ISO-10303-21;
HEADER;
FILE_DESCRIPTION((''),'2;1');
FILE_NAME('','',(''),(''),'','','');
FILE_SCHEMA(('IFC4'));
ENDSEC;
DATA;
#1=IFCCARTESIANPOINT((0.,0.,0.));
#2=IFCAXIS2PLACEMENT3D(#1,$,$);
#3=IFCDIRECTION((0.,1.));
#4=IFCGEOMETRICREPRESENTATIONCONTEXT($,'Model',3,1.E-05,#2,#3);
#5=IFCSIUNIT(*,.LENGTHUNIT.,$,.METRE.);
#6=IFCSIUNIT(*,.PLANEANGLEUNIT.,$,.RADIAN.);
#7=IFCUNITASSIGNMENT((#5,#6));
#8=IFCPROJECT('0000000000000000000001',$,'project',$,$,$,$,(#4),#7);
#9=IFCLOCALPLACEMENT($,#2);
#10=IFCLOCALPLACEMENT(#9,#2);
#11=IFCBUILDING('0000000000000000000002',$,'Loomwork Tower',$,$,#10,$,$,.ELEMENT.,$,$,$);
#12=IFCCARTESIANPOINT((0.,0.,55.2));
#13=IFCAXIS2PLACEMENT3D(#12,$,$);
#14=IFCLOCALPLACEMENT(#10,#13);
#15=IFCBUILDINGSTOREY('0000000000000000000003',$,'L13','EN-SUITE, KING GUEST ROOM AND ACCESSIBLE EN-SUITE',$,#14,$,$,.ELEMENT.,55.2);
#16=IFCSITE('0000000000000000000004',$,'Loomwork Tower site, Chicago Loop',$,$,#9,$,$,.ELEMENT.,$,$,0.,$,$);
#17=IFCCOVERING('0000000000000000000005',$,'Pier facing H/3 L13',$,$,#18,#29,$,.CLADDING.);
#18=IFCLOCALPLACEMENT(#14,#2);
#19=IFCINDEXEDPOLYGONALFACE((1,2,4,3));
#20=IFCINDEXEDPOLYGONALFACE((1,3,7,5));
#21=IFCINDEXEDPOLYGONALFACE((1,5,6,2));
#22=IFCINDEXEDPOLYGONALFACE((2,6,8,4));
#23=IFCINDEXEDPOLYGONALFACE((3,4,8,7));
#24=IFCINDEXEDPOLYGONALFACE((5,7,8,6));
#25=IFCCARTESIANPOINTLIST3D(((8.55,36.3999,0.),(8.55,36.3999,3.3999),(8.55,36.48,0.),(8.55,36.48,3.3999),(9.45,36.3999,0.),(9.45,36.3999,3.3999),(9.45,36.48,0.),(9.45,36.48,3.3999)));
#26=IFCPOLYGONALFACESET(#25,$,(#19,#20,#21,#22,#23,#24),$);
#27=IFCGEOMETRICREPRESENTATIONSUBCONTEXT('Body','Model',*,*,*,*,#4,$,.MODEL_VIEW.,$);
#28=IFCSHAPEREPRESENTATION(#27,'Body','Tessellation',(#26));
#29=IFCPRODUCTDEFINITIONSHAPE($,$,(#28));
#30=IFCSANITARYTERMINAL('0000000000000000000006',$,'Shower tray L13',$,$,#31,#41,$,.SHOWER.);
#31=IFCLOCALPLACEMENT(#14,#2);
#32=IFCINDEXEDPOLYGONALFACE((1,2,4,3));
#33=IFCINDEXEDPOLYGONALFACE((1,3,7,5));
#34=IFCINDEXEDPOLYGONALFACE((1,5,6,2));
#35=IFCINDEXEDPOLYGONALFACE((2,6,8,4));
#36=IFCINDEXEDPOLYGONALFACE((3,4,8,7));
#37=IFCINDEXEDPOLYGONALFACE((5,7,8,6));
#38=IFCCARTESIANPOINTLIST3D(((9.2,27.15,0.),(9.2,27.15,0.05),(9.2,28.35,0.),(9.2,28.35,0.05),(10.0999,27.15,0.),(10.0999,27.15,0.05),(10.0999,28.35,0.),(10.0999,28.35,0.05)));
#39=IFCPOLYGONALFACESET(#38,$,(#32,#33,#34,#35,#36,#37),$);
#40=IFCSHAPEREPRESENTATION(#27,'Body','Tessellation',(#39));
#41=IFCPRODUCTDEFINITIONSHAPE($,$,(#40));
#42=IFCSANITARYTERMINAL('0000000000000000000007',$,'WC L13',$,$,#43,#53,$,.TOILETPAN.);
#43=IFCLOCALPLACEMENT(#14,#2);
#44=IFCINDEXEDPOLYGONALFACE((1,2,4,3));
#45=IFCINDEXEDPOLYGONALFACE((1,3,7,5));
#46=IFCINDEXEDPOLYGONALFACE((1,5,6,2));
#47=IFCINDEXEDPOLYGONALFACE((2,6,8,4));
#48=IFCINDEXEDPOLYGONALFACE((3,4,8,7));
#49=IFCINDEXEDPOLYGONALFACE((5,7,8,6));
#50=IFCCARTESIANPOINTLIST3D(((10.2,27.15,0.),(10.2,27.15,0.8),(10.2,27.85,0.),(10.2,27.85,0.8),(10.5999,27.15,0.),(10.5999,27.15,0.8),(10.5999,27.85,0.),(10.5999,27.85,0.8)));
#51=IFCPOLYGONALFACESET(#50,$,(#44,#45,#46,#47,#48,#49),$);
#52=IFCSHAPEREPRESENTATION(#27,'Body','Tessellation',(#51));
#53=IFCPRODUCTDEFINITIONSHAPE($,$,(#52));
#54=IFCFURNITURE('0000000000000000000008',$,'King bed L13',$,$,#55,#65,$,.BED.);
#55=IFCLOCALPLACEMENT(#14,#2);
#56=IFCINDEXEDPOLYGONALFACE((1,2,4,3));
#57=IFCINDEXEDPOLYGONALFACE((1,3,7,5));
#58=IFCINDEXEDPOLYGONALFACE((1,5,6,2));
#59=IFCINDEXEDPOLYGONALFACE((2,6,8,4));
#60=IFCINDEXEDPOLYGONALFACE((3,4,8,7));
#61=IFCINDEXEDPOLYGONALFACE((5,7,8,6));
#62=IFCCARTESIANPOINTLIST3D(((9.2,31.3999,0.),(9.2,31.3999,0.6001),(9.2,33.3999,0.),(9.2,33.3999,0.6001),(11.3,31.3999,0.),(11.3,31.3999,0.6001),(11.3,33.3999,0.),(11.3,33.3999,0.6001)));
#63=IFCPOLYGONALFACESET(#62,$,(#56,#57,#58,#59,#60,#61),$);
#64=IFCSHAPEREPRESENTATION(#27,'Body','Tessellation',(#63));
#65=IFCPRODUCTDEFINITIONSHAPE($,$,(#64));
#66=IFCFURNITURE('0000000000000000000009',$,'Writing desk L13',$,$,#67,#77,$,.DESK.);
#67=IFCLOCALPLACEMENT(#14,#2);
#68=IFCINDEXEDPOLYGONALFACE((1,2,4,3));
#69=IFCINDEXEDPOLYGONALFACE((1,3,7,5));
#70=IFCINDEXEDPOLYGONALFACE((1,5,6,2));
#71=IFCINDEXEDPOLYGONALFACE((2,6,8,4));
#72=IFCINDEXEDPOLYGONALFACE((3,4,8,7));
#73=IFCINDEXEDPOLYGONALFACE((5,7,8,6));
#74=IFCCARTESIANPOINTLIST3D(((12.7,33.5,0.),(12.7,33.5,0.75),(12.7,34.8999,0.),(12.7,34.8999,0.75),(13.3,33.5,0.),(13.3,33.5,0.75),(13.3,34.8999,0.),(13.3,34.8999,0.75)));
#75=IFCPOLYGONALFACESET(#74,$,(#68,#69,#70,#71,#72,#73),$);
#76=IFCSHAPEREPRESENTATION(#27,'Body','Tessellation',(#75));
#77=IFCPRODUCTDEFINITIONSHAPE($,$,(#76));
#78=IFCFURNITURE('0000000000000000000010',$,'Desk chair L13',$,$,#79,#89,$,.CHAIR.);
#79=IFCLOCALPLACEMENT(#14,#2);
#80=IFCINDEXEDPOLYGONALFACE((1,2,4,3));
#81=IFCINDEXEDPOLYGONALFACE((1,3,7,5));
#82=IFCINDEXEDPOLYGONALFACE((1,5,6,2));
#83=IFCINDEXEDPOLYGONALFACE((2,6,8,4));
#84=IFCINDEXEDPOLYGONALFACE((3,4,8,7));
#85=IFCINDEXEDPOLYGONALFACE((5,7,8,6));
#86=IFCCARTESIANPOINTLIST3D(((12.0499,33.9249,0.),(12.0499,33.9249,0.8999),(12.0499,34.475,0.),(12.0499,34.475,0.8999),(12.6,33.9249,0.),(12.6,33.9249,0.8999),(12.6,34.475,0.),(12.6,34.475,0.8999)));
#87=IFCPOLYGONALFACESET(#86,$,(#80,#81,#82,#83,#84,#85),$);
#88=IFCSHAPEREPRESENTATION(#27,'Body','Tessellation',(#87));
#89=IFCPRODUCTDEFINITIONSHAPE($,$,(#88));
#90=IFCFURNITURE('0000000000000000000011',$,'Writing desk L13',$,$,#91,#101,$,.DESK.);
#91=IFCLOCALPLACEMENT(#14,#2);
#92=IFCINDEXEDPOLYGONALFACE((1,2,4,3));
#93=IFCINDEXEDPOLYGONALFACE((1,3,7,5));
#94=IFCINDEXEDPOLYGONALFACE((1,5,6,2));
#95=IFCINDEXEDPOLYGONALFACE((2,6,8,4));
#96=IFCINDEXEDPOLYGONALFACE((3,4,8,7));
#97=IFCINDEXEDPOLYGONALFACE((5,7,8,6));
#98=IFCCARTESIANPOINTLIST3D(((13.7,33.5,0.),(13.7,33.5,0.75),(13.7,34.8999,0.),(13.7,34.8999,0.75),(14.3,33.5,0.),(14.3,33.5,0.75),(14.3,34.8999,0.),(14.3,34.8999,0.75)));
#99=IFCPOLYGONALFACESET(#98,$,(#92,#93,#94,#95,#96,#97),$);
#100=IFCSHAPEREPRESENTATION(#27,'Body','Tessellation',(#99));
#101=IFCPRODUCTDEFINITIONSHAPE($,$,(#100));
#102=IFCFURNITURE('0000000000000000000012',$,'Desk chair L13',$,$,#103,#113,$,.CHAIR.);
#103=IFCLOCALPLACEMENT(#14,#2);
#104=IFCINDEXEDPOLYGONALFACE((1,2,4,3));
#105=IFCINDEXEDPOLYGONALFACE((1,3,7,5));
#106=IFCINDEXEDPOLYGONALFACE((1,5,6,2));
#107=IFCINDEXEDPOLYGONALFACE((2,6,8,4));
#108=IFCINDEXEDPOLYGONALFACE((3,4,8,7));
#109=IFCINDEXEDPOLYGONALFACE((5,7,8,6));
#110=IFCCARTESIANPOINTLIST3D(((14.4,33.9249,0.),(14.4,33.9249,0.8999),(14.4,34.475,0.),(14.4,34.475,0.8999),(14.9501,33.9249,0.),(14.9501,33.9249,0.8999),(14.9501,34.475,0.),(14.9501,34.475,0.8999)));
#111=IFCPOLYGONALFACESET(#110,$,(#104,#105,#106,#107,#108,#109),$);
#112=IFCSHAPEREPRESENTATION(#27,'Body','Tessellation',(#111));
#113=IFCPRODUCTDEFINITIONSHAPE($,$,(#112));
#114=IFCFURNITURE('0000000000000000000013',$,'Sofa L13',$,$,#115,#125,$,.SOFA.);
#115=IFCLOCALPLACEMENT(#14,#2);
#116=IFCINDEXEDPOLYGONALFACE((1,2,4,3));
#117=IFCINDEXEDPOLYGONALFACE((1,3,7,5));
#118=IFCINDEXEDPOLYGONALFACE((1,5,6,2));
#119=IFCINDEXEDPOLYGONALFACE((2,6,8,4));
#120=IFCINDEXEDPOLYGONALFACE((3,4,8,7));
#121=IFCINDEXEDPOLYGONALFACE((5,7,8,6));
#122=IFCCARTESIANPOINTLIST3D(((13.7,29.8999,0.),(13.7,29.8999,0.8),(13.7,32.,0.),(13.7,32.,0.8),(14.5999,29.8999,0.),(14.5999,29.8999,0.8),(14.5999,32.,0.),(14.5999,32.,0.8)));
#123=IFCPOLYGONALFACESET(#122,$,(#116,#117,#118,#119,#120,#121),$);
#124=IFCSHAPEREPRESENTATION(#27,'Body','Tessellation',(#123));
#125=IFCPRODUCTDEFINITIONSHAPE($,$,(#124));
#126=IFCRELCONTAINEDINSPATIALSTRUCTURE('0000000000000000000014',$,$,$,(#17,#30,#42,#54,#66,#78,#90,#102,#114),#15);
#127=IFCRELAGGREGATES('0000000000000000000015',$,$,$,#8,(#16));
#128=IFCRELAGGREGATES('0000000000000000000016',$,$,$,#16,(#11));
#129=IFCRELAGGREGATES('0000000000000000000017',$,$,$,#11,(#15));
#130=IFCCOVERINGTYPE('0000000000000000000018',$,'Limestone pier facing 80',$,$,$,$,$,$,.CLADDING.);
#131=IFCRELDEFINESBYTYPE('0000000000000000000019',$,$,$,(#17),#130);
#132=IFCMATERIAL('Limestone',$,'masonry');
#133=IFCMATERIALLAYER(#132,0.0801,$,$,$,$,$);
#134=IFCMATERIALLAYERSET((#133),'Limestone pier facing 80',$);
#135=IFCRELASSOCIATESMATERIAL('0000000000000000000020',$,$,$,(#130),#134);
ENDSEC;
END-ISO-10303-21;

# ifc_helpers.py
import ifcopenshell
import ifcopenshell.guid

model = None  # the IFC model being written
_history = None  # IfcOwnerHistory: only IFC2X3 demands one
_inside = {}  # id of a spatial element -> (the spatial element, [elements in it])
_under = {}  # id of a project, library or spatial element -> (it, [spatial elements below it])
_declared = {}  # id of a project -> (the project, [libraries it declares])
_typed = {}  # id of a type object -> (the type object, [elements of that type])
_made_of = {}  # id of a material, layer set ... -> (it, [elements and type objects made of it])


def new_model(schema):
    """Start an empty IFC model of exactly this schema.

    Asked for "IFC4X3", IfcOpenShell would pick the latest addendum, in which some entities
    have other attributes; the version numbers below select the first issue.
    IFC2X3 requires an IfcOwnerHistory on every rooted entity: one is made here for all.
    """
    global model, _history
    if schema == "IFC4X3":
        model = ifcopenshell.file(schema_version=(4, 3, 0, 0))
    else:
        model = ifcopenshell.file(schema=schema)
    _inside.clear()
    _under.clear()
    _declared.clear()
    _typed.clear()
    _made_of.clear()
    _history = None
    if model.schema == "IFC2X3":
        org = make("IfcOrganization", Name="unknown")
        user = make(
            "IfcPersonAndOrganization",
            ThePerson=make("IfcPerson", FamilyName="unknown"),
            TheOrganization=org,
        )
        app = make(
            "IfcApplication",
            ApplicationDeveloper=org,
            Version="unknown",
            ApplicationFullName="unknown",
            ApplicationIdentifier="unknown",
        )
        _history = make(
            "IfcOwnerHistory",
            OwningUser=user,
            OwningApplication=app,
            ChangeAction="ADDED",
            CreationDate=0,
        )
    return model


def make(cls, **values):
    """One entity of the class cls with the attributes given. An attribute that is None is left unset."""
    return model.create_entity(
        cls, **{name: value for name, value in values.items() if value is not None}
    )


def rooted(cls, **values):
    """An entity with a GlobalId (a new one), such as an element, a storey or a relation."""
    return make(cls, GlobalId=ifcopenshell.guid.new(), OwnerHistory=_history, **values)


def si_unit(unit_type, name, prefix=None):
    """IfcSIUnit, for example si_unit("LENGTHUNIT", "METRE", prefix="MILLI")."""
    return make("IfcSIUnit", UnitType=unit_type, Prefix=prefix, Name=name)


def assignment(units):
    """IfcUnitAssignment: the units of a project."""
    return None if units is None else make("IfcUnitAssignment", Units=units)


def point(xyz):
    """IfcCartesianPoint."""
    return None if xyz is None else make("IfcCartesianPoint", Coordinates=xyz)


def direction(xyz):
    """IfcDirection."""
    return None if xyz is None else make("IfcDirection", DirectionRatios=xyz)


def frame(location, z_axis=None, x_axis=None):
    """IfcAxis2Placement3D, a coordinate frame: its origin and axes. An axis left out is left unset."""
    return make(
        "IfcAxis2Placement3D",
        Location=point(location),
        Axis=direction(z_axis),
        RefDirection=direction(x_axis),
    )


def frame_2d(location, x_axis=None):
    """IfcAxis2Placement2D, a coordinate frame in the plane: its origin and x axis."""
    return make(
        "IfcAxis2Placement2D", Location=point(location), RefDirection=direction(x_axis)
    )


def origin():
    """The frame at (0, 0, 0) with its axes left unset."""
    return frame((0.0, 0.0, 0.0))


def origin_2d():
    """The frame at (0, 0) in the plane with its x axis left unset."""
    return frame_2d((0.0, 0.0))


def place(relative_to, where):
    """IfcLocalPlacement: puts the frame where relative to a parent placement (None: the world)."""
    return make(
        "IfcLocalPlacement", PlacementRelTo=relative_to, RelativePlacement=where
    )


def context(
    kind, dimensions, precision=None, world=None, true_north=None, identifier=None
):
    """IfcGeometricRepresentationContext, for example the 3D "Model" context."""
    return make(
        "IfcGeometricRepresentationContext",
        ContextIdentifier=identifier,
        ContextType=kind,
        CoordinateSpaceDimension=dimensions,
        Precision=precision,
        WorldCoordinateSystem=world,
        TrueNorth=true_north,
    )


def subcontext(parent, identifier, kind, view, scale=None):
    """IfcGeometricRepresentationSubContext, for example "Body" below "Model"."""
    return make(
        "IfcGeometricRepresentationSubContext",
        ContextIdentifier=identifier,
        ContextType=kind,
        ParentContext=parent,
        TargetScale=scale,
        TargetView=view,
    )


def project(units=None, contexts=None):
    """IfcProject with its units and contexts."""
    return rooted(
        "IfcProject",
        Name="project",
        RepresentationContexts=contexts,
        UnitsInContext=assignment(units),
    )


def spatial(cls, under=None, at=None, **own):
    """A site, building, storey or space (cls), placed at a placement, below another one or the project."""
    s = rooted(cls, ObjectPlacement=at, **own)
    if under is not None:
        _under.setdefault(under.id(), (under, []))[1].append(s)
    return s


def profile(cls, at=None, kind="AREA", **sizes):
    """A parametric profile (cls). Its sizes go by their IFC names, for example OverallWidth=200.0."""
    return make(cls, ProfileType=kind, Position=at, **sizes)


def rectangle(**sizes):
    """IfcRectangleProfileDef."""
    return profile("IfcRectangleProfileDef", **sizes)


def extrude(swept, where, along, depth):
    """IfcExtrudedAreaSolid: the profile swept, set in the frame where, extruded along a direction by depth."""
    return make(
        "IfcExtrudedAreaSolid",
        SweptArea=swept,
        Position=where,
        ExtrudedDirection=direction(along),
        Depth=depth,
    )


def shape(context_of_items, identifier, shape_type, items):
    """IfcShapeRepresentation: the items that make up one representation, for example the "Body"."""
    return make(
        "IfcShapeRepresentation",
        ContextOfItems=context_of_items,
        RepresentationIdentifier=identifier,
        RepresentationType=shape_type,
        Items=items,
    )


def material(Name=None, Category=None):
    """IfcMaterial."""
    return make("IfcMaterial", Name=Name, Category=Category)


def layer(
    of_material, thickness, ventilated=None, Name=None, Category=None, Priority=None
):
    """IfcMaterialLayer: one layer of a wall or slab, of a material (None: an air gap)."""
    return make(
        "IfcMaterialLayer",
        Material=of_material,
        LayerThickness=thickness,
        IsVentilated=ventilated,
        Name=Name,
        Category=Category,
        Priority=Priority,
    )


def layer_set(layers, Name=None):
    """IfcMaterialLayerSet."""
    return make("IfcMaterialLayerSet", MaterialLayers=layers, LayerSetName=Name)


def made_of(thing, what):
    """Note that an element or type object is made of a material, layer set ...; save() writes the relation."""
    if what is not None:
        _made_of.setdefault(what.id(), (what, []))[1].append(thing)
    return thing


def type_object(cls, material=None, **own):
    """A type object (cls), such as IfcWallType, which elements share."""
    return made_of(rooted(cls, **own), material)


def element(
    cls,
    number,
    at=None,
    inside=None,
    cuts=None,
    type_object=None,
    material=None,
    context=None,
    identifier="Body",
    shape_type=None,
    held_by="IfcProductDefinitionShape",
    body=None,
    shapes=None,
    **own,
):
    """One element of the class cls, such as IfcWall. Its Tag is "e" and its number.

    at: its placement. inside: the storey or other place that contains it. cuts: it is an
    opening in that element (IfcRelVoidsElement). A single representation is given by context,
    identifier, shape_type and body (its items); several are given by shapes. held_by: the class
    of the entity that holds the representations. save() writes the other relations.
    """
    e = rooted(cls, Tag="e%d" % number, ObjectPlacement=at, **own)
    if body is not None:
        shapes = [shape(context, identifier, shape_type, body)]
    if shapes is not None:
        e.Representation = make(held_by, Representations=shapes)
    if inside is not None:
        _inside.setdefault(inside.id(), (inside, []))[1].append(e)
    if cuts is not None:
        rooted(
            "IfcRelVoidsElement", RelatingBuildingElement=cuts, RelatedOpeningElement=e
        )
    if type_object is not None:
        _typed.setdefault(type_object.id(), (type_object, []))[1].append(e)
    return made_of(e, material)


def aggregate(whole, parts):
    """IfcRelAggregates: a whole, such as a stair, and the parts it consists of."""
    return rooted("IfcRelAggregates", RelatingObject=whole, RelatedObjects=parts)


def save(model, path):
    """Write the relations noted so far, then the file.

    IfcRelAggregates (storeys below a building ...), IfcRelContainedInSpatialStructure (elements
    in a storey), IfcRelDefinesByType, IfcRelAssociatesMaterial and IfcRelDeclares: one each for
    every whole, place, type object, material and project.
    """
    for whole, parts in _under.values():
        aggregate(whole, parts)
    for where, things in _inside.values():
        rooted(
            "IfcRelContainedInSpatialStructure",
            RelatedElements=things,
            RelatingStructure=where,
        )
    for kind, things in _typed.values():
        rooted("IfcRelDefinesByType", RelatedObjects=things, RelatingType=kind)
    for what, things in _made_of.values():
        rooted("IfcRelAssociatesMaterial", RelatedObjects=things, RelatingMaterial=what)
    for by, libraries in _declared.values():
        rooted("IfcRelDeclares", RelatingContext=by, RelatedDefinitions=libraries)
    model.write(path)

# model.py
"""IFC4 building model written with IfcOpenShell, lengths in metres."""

from ifc_helpers import new_model, si_unit, direction, frame, origin, origin_2d, place, context, subcontext, project, spatial, rectangle, extrude, material, layer, layer_set, type_object, element, save


model = new_model("IFC4")

# Units and contexts
model_context = context("Model", 3, precision=1e-05, world=origin(), true_north=direction((0.0, 1.0)))
body_context = subcontext(model_context, "Body", "Model", "MODEL_VIEW")
ifc_project = project(units=[si_unit("LENGTHUNIT", "METRE"), si_unit("PLANEANGLEUNIT", "RADIAN")], contexts=[model_context])

# Site, building, storey
site_placement = place(None, origin())
site = spatial("IfcSite", under=ifc_project, at=site_placement, Name="Loomwork Tower site, Chicago Loop", CompositionType="ELEMENT", RefElevation=0.0)
building_placement = place(site_placement, origin())
building = spatial("IfcBuilding", under=site, at=building_placement, Name="Loomwork Tower", CompositionType="ELEMENT")
storey_placement = place(building_placement, frame((0.0, 0.0, 55.2)))
storey = spatial("IfcBuildingStorey", under=building, at=storey_placement, Name="L13", Description="EN-SUITE, KING GUEST ROOM AND ACCESSIBLE EN-SUITE", CompositionType="ELEMENT", Elevation=55.2)

# Covering
ifc_material_1 = material(Name="Limestone", Category="masonry")
ifc_layer_1 = layer(ifc_material_1, 0.0801)
ifc_layer_set_1 = layer_set([ifc_layer_1], Name="Limestone pier facing 80")
covering_type = type_object("IfcCoveringType", Name="Limestone pier facing 80", PredefinedType="CLADDING", material=ifc_layer_set_1)
covering_placement = place(storey_placement, frame((9.0, 36.4399, 0.0), z_axis=(0.0, 0.0, 1.0), x_axis=(1.0, 0.0, 0.0)))
element("IfcCovering", 1, at=covering_placement, inside=storey, type_object=covering_type, Name="Pier facing H/3 L13", PredefinedType="CLADDING", context=body_context, shape_type="SweptSolid", body=[
    extrude(rectangle(XDim=0.8999, YDim=0.0801, at=origin_2d()), origin(), (0.0, 0.0, 1.0), 3.3999),
])

# Sanitary terminals
sanitary_terminal_1_placement = place(storey_placement, frame((9.6499, 27.75, 0.0), z_axis=(0.0, 0.0, 1.0), x_axis=(1.0, 0.0, 0.0)))
element("IfcSanitaryTerminal", 2, at=sanitary_terminal_1_placement, inside=storey, Name="Shower tray L13", PredefinedType="SHOWER", context=body_context, shape_type="SweptSolid", body=[
    extrude(rectangle(XDim=0.8999, YDim=1.2, at=origin_2d()), origin(), (0.0, 0.0, 1.0), 0.05),
])
sanitary_terminal_2_placement = place(storey_placement, frame((10.3999, 27.5, 0.0), z_axis=(0.0, 0.0, 1.0), x_axis=(1.0, 0.0, 0.0)))
element("IfcSanitaryTerminal", 3, at=sanitary_terminal_2_placement, inside=storey, Name="WC L13", PredefinedType="TOILETPAN", context=body_context, shape_type="SweptSolid", body=[
    extrude(rectangle(XDim=0.3999, YDim=0.7, at=origin_2d()), origin(), (0.0, 0.0, 1.0), 0.8),
])

# Furniture
furniture_1_placement = place(storey_placement, frame((10.25, 32.3999, 0.0), z_axis=(0.0, 0.0, 1.0), x_axis=(1.0, 0.0, 0.0)))
element("IfcFurniture", 4, at=furniture_1_placement, inside=storey, Name="King bed L13", PredefinedType="BED", context=body_context, shape_type="SweptSolid", body=[
    extrude(rectangle(XDim=2.1001, YDim=2.0, at=origin_2d()), origin(), (0.0, 0.0, 1.0), 0.6001),
])
furniture_2_placement = place(storey_placement, frame((13.0, 34.2, 0.0), z_axis=(0.0, 0.0, 1.0), x_axis=(1.0, 0.0, 0.0)))
element("IfcFurniture", 5, at=furniture_2_placement, inside=storey, Name="Writing desk L13", PredefinedType="DESK", context=body_context, shape_type="SweptSolid", body=[
    extrude(rectangle(XDim=0.6001, YDim=1.3999, at=origin_2d()), origin(), (0.0, 0.0, 1.0), 0.75),
])
furniture_3_placement = place(storey_placement, frame((12.325, 34.2, 0.0), z_axis=(0.0, 0.0, 1.0), x_axis=(1.0, 0.0, 0.0)))
element("IfcFurniture", 6, at=furniture_3_placement, inside=storey, Name="Desk chair L13", PredefinedType="CHAIR", context=body_context, shape_type="SweptSolid", body=[
    extrude(rectangle(XDim=0.55, YDim=0.55, at=origin_2d()), origin(), (0.0, 0.0, 1.0), 0.8999),
])
furniture_4_placement = place(storey_placement, frame((14.0, 34.2, 0.0), z_axis=(0.0, 0.0, 1.0), x_axis=(1.0, 0.0, 0.0)))
element("IfcFurniture", 7, at=furniture_4_placement, inside=storey, Name="Writing desk L13", PredefinedType="DESK", context=body_context, shape_type="SweptSolid", body=[
    extrude(rectangle(XDim=0.6001, YDim=1.3999, at=origin_2d()), origin(), (0.0, 0.0, 1.0), 0.75),
])
furniture_5_placement = place(storey_placement, frame((14.675, 34.2, 0.0), z_axis=(0.0, 0.0, 1.0), x_axis=(1.0, 0.0, 0.0)))
element("IfcFurniture", 8, at=furniture_5_placement, inside=storey, Name="Desk chair L13", PredefinedType="CHAIR", context=body_context, shape_type="SweptSolid", body=[
    extrude(rectangle(XDim=0.55, YDim=0.55, at=origin_2d()), origin(), (0.0, 0.0, 1.0), 0.8999),
])
furniture_6_placement = place(storey_placement, frame((14.1499, 30.95, 0.0), z_axis=(0.0, 0.0, 1.0), x_axis=(1.0, 0.0, 0.0)))
element("IfcFurniture", 9, at=furniture_6_placement, inside=storey, Name="Sofa L13", PredefinedType="SOFA", context=body_context, shape_type="SweptSolid", body=[
    extrude(rectangle(XDim=0.8999, YDim=2.1001, at=origin_2d()), origin(), (0.0, 0.0, 1.0), 0.8),
])

save(model, "model.ifc")
